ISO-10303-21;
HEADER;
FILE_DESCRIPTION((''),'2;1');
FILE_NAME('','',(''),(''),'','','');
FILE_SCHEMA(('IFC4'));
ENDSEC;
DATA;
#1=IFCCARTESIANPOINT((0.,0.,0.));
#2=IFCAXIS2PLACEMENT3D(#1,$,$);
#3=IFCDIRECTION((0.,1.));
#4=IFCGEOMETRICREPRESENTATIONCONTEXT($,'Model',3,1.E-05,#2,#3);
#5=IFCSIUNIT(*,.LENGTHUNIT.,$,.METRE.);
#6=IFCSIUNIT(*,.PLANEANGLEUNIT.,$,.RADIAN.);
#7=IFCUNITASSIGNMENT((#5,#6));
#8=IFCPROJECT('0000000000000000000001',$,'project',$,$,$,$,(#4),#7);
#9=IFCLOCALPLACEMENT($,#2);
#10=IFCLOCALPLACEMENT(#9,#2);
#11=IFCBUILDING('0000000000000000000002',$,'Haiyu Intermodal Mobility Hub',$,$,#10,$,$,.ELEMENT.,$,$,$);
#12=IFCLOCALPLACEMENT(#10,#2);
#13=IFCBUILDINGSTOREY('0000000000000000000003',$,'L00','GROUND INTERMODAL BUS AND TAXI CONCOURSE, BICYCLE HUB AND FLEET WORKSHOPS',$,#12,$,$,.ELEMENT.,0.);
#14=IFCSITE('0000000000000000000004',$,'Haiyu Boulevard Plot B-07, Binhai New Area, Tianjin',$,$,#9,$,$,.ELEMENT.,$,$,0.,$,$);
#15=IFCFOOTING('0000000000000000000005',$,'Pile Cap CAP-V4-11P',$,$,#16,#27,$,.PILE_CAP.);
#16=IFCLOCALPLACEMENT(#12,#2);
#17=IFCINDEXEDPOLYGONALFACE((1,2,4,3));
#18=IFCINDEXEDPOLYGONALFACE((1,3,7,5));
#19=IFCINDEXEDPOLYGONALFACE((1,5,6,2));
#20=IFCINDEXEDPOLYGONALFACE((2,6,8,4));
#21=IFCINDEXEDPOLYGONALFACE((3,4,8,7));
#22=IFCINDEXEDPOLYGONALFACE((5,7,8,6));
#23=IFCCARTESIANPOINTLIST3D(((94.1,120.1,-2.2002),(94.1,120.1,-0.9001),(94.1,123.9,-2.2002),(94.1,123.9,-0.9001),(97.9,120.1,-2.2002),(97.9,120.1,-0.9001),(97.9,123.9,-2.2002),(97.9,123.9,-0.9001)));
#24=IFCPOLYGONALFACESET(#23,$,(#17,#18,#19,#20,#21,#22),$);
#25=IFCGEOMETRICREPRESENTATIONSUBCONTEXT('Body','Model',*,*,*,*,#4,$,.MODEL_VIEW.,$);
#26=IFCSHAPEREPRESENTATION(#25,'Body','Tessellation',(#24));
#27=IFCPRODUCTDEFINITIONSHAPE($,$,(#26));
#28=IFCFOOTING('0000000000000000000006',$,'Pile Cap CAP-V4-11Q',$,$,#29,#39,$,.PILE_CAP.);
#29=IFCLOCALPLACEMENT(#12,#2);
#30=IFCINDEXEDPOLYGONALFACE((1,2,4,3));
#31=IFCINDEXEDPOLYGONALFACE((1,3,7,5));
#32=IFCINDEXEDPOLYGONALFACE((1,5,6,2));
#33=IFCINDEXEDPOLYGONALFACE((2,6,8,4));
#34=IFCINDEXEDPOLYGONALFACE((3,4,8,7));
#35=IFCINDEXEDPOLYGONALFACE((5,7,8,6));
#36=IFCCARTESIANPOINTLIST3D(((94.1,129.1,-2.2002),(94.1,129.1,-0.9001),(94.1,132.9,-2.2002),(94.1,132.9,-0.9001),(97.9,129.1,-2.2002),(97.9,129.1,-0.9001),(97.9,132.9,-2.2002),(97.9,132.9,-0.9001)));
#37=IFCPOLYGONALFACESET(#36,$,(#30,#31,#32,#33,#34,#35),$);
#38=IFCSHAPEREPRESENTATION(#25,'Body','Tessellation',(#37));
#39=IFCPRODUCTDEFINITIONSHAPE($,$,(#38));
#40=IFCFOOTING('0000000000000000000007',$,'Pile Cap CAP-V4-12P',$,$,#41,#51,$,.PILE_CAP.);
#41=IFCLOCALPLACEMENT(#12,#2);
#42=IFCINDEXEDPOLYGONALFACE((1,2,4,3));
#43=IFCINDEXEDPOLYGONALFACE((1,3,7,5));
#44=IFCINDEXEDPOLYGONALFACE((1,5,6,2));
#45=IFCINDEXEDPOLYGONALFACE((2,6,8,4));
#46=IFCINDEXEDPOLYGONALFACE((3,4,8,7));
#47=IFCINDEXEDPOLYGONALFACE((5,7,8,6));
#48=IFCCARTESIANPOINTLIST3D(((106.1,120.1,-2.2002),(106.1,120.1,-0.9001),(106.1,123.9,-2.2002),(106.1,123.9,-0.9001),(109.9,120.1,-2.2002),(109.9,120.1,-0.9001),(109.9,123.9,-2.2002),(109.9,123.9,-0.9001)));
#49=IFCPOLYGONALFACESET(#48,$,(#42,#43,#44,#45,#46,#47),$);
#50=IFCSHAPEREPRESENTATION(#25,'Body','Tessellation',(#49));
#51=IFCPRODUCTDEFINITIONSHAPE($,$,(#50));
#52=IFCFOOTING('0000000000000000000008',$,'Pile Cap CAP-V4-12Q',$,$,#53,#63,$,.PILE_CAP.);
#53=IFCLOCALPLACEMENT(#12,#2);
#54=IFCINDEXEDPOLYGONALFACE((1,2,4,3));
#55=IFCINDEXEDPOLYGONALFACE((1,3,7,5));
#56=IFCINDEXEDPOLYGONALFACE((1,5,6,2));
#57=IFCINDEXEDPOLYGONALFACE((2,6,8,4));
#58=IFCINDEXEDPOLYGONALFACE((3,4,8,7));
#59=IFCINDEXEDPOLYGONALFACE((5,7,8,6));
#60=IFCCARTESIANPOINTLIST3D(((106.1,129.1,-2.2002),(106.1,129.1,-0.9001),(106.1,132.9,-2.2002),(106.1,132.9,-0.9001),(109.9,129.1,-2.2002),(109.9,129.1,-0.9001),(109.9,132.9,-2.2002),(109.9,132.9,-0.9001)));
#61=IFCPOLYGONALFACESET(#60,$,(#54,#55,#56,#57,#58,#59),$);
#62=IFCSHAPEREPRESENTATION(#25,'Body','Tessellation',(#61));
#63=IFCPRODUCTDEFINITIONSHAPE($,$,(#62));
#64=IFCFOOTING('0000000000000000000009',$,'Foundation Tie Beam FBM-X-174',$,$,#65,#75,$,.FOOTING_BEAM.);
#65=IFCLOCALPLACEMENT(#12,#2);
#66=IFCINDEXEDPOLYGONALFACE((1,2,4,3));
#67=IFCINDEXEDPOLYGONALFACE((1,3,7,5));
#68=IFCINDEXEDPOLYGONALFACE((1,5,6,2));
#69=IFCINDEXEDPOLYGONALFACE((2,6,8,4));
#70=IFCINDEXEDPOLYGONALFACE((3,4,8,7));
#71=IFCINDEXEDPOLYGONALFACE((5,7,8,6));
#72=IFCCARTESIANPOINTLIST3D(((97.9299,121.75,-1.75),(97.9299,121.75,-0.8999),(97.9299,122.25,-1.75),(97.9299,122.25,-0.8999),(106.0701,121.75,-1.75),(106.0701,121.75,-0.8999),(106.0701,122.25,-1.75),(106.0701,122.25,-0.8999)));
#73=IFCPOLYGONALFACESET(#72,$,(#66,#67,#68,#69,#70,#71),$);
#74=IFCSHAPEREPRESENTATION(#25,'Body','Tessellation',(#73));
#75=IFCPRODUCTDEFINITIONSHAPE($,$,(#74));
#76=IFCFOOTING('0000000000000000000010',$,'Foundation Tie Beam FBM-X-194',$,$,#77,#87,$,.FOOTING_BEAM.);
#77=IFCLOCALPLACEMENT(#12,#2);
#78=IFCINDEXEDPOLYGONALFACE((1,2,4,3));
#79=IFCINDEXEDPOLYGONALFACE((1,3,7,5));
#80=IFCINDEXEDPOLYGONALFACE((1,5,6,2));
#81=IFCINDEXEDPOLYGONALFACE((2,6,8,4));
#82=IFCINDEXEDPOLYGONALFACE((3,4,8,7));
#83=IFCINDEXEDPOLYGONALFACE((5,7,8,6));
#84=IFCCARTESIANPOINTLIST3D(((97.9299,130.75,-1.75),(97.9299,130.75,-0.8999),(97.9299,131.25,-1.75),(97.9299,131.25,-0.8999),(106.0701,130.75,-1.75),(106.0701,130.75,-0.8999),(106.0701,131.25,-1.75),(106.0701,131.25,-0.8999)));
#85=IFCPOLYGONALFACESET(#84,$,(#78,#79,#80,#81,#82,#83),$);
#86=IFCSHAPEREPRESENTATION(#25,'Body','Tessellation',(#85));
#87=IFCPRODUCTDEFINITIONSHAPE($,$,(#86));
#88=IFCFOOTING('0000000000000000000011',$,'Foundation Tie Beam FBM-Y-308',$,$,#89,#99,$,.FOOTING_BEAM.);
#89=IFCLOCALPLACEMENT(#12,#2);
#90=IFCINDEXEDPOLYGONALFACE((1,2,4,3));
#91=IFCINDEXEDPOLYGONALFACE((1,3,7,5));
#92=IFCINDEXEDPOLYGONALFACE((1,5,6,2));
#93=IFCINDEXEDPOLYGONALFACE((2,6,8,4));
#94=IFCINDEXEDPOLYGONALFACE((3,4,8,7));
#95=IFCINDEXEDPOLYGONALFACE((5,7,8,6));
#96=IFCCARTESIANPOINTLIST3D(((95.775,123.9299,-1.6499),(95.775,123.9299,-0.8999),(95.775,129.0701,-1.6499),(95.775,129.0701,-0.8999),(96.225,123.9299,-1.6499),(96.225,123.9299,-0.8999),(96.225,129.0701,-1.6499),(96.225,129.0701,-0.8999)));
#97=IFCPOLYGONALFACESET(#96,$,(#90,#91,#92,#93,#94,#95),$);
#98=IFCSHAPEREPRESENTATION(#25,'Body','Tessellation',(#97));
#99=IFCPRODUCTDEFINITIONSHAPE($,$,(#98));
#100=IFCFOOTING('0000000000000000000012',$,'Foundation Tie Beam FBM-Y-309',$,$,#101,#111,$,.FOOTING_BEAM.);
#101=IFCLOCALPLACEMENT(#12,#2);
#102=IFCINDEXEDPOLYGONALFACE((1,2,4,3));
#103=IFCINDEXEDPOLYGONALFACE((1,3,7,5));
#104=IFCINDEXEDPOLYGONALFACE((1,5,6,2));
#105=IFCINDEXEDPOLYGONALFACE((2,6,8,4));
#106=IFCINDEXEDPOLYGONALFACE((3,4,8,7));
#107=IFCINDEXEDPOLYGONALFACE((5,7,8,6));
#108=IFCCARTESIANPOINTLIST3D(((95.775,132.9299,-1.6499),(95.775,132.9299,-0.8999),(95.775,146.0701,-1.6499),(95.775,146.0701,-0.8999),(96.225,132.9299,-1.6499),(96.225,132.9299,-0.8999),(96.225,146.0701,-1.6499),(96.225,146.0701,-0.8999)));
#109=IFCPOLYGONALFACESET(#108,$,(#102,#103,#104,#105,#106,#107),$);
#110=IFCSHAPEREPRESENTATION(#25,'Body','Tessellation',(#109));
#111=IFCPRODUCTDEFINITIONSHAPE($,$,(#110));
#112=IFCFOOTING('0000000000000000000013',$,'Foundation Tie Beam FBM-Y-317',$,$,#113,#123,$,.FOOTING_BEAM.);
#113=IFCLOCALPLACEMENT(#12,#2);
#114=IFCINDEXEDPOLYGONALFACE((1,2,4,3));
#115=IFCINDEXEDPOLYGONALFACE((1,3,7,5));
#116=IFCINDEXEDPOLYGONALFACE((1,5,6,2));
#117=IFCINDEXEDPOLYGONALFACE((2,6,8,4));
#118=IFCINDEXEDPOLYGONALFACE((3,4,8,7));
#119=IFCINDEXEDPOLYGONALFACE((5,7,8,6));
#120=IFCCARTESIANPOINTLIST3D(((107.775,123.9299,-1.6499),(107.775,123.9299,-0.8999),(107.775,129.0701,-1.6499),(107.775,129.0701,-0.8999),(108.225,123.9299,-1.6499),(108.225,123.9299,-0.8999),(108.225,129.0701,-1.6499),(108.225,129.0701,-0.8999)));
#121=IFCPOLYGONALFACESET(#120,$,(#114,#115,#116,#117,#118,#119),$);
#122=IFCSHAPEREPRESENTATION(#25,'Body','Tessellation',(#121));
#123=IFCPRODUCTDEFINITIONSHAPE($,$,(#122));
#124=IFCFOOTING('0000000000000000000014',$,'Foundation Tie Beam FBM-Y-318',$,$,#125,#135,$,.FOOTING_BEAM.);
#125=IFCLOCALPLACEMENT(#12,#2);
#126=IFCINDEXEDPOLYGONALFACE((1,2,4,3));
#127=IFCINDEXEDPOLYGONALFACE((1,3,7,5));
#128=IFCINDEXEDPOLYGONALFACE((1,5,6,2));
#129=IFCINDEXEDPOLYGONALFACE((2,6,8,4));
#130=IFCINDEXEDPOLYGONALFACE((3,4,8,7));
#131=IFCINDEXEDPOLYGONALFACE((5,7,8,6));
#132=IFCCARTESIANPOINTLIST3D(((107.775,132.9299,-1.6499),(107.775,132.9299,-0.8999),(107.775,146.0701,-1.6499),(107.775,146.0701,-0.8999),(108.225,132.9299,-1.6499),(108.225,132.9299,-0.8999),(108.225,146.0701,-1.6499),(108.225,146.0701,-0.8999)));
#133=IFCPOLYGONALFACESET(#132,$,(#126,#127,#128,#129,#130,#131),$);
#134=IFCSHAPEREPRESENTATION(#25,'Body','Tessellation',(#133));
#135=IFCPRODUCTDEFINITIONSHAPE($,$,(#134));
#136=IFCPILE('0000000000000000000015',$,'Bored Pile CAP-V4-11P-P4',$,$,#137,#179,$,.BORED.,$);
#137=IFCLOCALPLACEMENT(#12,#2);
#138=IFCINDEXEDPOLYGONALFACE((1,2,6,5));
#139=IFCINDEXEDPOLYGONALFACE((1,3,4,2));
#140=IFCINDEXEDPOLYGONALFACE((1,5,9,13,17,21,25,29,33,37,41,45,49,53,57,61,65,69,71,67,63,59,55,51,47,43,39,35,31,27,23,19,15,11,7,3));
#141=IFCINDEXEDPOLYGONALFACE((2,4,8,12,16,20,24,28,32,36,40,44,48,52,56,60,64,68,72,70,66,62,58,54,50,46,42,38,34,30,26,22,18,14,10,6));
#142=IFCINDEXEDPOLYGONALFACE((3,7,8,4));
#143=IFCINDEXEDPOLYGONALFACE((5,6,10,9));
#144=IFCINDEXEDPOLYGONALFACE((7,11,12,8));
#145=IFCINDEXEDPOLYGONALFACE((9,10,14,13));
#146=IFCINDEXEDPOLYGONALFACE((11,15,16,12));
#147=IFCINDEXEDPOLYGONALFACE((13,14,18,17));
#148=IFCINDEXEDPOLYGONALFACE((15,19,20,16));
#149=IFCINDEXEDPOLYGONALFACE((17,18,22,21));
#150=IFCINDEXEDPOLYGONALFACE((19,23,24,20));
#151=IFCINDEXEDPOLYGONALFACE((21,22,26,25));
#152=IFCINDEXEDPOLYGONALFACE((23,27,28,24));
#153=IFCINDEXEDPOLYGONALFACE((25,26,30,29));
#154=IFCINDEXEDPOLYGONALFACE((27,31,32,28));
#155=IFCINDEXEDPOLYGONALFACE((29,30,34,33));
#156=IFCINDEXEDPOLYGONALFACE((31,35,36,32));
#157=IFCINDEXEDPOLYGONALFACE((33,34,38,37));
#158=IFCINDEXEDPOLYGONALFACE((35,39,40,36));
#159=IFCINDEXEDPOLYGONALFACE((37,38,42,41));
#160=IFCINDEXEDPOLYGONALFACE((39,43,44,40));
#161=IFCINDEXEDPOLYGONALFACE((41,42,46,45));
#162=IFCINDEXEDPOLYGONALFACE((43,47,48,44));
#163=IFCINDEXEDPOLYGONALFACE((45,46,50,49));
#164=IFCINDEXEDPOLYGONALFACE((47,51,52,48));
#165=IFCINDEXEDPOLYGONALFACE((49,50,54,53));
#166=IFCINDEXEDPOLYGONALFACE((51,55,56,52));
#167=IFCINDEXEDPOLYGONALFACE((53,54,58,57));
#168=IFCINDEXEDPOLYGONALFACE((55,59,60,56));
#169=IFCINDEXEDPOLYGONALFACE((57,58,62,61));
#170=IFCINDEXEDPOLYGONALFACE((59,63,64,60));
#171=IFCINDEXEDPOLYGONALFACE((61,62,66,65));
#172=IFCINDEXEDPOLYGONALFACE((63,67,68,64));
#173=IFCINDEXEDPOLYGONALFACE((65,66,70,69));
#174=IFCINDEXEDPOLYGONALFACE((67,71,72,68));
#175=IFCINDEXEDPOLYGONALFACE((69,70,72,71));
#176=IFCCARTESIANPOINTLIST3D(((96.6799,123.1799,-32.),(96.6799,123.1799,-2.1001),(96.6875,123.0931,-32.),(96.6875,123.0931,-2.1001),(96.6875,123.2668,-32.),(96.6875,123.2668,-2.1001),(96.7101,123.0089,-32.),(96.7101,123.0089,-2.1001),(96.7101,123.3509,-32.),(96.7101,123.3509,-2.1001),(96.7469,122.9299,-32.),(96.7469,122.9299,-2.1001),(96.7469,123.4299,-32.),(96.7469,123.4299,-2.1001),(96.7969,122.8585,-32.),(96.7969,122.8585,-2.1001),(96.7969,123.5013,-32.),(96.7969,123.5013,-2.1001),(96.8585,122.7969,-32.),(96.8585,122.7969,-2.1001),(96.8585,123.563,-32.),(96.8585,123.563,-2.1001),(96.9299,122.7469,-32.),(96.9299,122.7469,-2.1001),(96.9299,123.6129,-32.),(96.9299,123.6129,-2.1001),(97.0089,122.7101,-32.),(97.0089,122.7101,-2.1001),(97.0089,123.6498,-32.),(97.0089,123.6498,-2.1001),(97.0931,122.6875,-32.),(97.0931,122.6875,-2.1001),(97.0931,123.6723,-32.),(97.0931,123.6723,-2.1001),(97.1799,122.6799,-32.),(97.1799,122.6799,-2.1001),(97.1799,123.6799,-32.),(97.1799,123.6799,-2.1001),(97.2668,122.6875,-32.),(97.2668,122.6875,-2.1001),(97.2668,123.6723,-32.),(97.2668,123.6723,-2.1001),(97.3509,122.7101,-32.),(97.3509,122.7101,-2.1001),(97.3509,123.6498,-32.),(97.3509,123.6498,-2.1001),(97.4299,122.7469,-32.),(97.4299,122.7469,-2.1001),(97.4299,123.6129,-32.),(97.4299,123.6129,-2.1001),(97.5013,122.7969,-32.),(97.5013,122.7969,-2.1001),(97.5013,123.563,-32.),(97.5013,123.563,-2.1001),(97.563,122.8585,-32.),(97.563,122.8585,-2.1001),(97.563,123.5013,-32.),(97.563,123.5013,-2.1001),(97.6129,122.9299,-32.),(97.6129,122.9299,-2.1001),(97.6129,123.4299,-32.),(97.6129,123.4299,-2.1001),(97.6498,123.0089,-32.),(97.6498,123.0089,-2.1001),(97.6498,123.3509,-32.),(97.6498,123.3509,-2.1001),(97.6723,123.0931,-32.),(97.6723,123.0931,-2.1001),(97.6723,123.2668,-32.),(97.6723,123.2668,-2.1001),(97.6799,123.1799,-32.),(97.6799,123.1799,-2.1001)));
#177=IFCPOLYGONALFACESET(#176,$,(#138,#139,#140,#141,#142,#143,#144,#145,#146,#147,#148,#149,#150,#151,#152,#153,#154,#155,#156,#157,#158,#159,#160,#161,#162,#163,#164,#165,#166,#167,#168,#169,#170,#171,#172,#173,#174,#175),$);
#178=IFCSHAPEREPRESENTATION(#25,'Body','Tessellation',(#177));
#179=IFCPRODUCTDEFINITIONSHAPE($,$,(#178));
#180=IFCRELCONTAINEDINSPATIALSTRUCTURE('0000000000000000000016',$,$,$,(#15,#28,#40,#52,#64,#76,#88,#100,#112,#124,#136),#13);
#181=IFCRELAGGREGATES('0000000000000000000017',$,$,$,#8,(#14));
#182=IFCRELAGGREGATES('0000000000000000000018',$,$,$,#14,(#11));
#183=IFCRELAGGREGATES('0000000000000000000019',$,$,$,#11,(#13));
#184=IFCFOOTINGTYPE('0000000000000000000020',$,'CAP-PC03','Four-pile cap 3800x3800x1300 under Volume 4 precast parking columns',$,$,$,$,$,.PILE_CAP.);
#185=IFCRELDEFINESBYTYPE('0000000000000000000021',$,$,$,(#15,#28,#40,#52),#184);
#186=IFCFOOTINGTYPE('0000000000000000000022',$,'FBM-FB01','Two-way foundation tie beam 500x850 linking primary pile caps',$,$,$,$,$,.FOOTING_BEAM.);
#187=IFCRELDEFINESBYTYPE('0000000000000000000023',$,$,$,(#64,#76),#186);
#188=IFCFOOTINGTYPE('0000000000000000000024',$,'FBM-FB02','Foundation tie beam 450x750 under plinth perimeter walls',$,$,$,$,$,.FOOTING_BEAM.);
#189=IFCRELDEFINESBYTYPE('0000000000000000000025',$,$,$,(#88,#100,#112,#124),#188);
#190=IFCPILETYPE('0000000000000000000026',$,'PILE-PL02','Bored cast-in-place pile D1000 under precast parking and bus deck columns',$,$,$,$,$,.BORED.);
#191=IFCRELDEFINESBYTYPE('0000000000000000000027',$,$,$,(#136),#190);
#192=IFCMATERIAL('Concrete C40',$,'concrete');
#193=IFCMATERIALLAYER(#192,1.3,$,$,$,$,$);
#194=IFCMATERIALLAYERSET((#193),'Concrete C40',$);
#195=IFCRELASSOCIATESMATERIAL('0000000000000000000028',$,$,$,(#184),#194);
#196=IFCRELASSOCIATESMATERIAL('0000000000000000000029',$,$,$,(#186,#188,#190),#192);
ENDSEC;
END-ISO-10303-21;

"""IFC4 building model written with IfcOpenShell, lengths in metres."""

from ifc_helpers import new_model, si_unit, direction, frame, origin, origin_2d, place, context, subcontext, project, spatial, rectangle, circle, extrude, material, layer, layer_set, material_profile, profile_set, type_object, element, save


model = new_model("IFC4")

# Units and contexts
model_context = context("Model", 3, precision=1e-05, world=origin(), true_north=direction((0.0, 1.0)))
body_context = subcontext(model_context, "Body", "Model", "MODEL_VIEW")
ifc_project = project(units=[si_unit("LENGTHUNIT", "METRE"), si_unit("PLANEANGLEUNIT", "RADIAN")], contexts=[model_context])

# Site, building, storey
site_placement = place(None, origin())
site = spatial("IfcSite", under=ifc_project, at=site_placement, Name="Haiyu Boulevard Plot B-07, Binhai New Area, Tianjin", CompositionType="ELEMENT", RefElevation=0.0)
building_placement = place(site_placement, origin())
building = spatial("IfcBuilding", under=site, at=building_placement, Name="Haiyu Intermodal Mobility Hub", CompositionType="ELEMENT")
storey_placement = place(building_placement, origin())
storey = spatial("IfcBuildingStorey", under=building, at=storey_placement, Name="L00", Description="GROUND INTERMODAL BUS AND TAXI CONCOURSE, BICYCLE HUB AND FLEET WORKSHOPS", CompositionType="ELEMENT", Elevation=0.0)

# Footings
ifc_material_1 = material(Name="Concrete C40", Category="concrete")
ifc_layer_1 = layer(ifc_material_1, 1.3)
ifc_layer_set_1 = layer_set([ifc_layer_1], Name="Concrete C40")
footing_type_1 = type_object("IfcFootingType", Name="CAP-PC03", Description="Four-pile cap 3800x3800x1300 under Volume 4 precast parking columns", PredefinedType="PILE_CAP", material=ifc_layer_set_1)
for number, where, z_axis, x_axis, name in (
    (1, (96.0, 122.0, -2.2002), (0.0, 0.0, 1.0), (1.0, 0.0, 0.0), "Pile Cap CAP-V4-11P"),
    (2, (96.0, 131.0, -2.2002), (0.0, 0.0, 1.0), (1.0, 0.0, 0.0), "Pile Cap CAP-V4-11Q"),
    (3, (108.0, 122.0, -2.2002), (0.0, 0.0, 1.0), (1.0, 0.0, 0.0), "Pile Cap CAP-V4-12P"),
    (4, (108.0, 131.0, -2.2002), (0.0, 0.0, 1.0), (1.0, 0.0, 0.0), "Pile Cap CAP-V4-12Q"),
):
    element("IfcFooting", number, at=place(storey_placement, frame(where, z_axis=z_axis, x_axis=x_axis)), inside=storey, type_object=footing_type_1, Name=name, PredefinedType="PILE_CAP", context=body_context, shape_type="SweptSolid", body=[
        extrude(rectangle(XDim=3.8, YDim=3.8, at=origin_2d()), origin(), (0.0, 0.0, 1.0), 1.3),
    ])
ifc_material_profile_1 = material_profile(ifc_material_1, rectangle(XDim=0.5, YDim=0.8501, at=origin_2d()), Name="FB500x850")
ifc_profile_set_1 = profile_set([ifc_material_profile_1], Name="Concrete C40")
footing_type_2 = type_object("IfcFootingType", Name="FBM-FB01", Description="Two-way foundation tie beam 500x850 linking primary pile caps", PredefinedType="FOOTING_BEAM", material=ifc_profile_set_1)
for number, where, z_axis, x_axis, name in (
    (5, (97.9299, 122.0, -1.325), (1.0, 0.0, 0.0), (0.0, 1.0, 0.0), "Foundation Tie Beam FBM-X-174"),
    (6, (97.9299, 131.0, -1.325), (1.0, 0.0, 0.0), (0.0, 1.0, 0.0), "Foundation Tie Beam FBM-X-194"),
):
    element("IfcFooting", number, at=place(storey_placement, frame(where, z_axis=z_axis, x_axis=x_axis)), inside=storey, type_object=footing_type_2, Name=name, PredefinedType="FOOTING_BEAM", context=body_context, shape_type="SweptSolid", body=[
        extrude(rectangle(XDim=0.5, YDim=0.8501, at=origin_2d()), origin(), (0.0, 0.0, 1.0), 8.1401),
    ])
ifc_material_profile_2 = material_profile(ifc_material_1, rectangle(XDim=0.45, YDim=0.75, at=origin_2d()), Name="FB450x750")
ifc_profile_set_2 = profile_set([ifc_material_profile_2], Name="Concrete C40")
footing_type_3 = type_object("IfcFootingType", Name="FBM-FB02", Description="Foundation tie beam 450x750 under plinth perimeter walls", PredefinedType="FOOTING_BEAM", material=ifc_profile_set_2)
footing_1_placement = place(storey_placement, frame((96.0, 123.9299, -1.2749), z_axis=(0.0, 1.0, 0.0), x_axis=(-1.0, 0.0, 0.0)))
element("IfcFooting", 7, at=footing_1_placement, inside=storey, type_object=footing_type_3, Name="Foundation Tie Beam FBM-Y-308", PredefinedType="FOOTING_BEAM", context=body_context, shape_type="SweptSolid", body=[
    extrude(rectangle(XDim=0.45, YDim=0.75, at=origin_2d()), origin(), (0.0, 0.0, 1.0), 5.1401),
])
footing_2_placement = place(storey_placement, frame((96.0, 132.9299, -1.2749), z_axis=(0.0, 1.0, 0.0), x_axis=(-1.0, 0.0, 0.0)))
element("IfcFooting", 8, at=footing_2_placement, inside=storey, type_object=footing_type_3, Name="Foundation Tie Beam FBM-Y-309", PredefinedType="FOOTING_BEAM", context=body_context, shape_type="SweptSolid", body=[
    extrude(rectangle(XDim=0.45, YDim=0.75, at=origin_2d()), origin(), (0.0, 0.0, 1.0), 13.1401),
])
footing_3_placement = place(storey_placement, frame((108.0, 123.9299, -1.2749), z_axis=(0.0, 1.0, 0.0), x_axis=(-1.0, 0.0, 0.0)))
element("IfcFooting", 9, at=footing_3_placement, inside=storey, type_object=footing_type_3, Name="Foundation Tie Beam FBM-Y-317", PredefinedType="FOOTING_BEAM", context=body_context, shape_type="SweptSolid", body=[
    extrude(rectangle(XDim=0.45, YDim=0.75, at=origin_2d()), origin(), (0.0, 0.0, 1.0), 5.1401),
])
footing_4_placement = place(storey_placement, frame((108.0, 132.9299, -1.2749), z_axis=(0.0, 1.0, 0.0), x_axis=(-1.0, 0.0, 0.0)))
element("IfcFooting", 10, at=footing_4_placement, inside=storey, type_object=footing_type_3, Name="Foundation Tie Beam FBM-Y-318", PredefinedType="FOOTING_BEAM", context=body_context, shape_type="SweptSolid", body=[
    extrude(rectangle(XDim=0.45, YDim=0.75, at=origin_2d()), origin(), (0.0, 0.0, 1.0), 13.1401),
])

# Pile
ifc_material_profile_3 = material_profile(ifc_material_1, circle(Radius=0.5, at=origin_2d()), Name="PILE-D1000")
ifc_profile_set_3 = profile_set([ifc_material_profile_3], Name="Concrete C40")
pile_type = type_object("IfcPileType", Name="PILE-PL02", Description="Bored cast-in-place pile D1000 under precast parking and bus deck columns", PredefinedType="BORED", material=ifc_profile_set_3)
for number, where, z_axis, x_axis, name in (
    (11, (97.1799, 123.1799, -2.1001), (0.0, 0.0, -1.0), (1.0, 0.0, 0.0), "Bored Pile CAP-V4-11P-P4"),
):
    element("IfcPile", number, at=place(storey_placement, frame(where, z_axis=z_axis, x_axis=x_axis)), inside=storey, type_object=pile_type, Name=name, PredefinedType="BORED", context=body_context, shape_type="SweptSolid", body=[
        extrude(circle(Radius=0.5, at=origin_2d()), origin(), (0.0, 0.0, 1.0), 29.8999),
    ])

save(model, "model.ifc")
